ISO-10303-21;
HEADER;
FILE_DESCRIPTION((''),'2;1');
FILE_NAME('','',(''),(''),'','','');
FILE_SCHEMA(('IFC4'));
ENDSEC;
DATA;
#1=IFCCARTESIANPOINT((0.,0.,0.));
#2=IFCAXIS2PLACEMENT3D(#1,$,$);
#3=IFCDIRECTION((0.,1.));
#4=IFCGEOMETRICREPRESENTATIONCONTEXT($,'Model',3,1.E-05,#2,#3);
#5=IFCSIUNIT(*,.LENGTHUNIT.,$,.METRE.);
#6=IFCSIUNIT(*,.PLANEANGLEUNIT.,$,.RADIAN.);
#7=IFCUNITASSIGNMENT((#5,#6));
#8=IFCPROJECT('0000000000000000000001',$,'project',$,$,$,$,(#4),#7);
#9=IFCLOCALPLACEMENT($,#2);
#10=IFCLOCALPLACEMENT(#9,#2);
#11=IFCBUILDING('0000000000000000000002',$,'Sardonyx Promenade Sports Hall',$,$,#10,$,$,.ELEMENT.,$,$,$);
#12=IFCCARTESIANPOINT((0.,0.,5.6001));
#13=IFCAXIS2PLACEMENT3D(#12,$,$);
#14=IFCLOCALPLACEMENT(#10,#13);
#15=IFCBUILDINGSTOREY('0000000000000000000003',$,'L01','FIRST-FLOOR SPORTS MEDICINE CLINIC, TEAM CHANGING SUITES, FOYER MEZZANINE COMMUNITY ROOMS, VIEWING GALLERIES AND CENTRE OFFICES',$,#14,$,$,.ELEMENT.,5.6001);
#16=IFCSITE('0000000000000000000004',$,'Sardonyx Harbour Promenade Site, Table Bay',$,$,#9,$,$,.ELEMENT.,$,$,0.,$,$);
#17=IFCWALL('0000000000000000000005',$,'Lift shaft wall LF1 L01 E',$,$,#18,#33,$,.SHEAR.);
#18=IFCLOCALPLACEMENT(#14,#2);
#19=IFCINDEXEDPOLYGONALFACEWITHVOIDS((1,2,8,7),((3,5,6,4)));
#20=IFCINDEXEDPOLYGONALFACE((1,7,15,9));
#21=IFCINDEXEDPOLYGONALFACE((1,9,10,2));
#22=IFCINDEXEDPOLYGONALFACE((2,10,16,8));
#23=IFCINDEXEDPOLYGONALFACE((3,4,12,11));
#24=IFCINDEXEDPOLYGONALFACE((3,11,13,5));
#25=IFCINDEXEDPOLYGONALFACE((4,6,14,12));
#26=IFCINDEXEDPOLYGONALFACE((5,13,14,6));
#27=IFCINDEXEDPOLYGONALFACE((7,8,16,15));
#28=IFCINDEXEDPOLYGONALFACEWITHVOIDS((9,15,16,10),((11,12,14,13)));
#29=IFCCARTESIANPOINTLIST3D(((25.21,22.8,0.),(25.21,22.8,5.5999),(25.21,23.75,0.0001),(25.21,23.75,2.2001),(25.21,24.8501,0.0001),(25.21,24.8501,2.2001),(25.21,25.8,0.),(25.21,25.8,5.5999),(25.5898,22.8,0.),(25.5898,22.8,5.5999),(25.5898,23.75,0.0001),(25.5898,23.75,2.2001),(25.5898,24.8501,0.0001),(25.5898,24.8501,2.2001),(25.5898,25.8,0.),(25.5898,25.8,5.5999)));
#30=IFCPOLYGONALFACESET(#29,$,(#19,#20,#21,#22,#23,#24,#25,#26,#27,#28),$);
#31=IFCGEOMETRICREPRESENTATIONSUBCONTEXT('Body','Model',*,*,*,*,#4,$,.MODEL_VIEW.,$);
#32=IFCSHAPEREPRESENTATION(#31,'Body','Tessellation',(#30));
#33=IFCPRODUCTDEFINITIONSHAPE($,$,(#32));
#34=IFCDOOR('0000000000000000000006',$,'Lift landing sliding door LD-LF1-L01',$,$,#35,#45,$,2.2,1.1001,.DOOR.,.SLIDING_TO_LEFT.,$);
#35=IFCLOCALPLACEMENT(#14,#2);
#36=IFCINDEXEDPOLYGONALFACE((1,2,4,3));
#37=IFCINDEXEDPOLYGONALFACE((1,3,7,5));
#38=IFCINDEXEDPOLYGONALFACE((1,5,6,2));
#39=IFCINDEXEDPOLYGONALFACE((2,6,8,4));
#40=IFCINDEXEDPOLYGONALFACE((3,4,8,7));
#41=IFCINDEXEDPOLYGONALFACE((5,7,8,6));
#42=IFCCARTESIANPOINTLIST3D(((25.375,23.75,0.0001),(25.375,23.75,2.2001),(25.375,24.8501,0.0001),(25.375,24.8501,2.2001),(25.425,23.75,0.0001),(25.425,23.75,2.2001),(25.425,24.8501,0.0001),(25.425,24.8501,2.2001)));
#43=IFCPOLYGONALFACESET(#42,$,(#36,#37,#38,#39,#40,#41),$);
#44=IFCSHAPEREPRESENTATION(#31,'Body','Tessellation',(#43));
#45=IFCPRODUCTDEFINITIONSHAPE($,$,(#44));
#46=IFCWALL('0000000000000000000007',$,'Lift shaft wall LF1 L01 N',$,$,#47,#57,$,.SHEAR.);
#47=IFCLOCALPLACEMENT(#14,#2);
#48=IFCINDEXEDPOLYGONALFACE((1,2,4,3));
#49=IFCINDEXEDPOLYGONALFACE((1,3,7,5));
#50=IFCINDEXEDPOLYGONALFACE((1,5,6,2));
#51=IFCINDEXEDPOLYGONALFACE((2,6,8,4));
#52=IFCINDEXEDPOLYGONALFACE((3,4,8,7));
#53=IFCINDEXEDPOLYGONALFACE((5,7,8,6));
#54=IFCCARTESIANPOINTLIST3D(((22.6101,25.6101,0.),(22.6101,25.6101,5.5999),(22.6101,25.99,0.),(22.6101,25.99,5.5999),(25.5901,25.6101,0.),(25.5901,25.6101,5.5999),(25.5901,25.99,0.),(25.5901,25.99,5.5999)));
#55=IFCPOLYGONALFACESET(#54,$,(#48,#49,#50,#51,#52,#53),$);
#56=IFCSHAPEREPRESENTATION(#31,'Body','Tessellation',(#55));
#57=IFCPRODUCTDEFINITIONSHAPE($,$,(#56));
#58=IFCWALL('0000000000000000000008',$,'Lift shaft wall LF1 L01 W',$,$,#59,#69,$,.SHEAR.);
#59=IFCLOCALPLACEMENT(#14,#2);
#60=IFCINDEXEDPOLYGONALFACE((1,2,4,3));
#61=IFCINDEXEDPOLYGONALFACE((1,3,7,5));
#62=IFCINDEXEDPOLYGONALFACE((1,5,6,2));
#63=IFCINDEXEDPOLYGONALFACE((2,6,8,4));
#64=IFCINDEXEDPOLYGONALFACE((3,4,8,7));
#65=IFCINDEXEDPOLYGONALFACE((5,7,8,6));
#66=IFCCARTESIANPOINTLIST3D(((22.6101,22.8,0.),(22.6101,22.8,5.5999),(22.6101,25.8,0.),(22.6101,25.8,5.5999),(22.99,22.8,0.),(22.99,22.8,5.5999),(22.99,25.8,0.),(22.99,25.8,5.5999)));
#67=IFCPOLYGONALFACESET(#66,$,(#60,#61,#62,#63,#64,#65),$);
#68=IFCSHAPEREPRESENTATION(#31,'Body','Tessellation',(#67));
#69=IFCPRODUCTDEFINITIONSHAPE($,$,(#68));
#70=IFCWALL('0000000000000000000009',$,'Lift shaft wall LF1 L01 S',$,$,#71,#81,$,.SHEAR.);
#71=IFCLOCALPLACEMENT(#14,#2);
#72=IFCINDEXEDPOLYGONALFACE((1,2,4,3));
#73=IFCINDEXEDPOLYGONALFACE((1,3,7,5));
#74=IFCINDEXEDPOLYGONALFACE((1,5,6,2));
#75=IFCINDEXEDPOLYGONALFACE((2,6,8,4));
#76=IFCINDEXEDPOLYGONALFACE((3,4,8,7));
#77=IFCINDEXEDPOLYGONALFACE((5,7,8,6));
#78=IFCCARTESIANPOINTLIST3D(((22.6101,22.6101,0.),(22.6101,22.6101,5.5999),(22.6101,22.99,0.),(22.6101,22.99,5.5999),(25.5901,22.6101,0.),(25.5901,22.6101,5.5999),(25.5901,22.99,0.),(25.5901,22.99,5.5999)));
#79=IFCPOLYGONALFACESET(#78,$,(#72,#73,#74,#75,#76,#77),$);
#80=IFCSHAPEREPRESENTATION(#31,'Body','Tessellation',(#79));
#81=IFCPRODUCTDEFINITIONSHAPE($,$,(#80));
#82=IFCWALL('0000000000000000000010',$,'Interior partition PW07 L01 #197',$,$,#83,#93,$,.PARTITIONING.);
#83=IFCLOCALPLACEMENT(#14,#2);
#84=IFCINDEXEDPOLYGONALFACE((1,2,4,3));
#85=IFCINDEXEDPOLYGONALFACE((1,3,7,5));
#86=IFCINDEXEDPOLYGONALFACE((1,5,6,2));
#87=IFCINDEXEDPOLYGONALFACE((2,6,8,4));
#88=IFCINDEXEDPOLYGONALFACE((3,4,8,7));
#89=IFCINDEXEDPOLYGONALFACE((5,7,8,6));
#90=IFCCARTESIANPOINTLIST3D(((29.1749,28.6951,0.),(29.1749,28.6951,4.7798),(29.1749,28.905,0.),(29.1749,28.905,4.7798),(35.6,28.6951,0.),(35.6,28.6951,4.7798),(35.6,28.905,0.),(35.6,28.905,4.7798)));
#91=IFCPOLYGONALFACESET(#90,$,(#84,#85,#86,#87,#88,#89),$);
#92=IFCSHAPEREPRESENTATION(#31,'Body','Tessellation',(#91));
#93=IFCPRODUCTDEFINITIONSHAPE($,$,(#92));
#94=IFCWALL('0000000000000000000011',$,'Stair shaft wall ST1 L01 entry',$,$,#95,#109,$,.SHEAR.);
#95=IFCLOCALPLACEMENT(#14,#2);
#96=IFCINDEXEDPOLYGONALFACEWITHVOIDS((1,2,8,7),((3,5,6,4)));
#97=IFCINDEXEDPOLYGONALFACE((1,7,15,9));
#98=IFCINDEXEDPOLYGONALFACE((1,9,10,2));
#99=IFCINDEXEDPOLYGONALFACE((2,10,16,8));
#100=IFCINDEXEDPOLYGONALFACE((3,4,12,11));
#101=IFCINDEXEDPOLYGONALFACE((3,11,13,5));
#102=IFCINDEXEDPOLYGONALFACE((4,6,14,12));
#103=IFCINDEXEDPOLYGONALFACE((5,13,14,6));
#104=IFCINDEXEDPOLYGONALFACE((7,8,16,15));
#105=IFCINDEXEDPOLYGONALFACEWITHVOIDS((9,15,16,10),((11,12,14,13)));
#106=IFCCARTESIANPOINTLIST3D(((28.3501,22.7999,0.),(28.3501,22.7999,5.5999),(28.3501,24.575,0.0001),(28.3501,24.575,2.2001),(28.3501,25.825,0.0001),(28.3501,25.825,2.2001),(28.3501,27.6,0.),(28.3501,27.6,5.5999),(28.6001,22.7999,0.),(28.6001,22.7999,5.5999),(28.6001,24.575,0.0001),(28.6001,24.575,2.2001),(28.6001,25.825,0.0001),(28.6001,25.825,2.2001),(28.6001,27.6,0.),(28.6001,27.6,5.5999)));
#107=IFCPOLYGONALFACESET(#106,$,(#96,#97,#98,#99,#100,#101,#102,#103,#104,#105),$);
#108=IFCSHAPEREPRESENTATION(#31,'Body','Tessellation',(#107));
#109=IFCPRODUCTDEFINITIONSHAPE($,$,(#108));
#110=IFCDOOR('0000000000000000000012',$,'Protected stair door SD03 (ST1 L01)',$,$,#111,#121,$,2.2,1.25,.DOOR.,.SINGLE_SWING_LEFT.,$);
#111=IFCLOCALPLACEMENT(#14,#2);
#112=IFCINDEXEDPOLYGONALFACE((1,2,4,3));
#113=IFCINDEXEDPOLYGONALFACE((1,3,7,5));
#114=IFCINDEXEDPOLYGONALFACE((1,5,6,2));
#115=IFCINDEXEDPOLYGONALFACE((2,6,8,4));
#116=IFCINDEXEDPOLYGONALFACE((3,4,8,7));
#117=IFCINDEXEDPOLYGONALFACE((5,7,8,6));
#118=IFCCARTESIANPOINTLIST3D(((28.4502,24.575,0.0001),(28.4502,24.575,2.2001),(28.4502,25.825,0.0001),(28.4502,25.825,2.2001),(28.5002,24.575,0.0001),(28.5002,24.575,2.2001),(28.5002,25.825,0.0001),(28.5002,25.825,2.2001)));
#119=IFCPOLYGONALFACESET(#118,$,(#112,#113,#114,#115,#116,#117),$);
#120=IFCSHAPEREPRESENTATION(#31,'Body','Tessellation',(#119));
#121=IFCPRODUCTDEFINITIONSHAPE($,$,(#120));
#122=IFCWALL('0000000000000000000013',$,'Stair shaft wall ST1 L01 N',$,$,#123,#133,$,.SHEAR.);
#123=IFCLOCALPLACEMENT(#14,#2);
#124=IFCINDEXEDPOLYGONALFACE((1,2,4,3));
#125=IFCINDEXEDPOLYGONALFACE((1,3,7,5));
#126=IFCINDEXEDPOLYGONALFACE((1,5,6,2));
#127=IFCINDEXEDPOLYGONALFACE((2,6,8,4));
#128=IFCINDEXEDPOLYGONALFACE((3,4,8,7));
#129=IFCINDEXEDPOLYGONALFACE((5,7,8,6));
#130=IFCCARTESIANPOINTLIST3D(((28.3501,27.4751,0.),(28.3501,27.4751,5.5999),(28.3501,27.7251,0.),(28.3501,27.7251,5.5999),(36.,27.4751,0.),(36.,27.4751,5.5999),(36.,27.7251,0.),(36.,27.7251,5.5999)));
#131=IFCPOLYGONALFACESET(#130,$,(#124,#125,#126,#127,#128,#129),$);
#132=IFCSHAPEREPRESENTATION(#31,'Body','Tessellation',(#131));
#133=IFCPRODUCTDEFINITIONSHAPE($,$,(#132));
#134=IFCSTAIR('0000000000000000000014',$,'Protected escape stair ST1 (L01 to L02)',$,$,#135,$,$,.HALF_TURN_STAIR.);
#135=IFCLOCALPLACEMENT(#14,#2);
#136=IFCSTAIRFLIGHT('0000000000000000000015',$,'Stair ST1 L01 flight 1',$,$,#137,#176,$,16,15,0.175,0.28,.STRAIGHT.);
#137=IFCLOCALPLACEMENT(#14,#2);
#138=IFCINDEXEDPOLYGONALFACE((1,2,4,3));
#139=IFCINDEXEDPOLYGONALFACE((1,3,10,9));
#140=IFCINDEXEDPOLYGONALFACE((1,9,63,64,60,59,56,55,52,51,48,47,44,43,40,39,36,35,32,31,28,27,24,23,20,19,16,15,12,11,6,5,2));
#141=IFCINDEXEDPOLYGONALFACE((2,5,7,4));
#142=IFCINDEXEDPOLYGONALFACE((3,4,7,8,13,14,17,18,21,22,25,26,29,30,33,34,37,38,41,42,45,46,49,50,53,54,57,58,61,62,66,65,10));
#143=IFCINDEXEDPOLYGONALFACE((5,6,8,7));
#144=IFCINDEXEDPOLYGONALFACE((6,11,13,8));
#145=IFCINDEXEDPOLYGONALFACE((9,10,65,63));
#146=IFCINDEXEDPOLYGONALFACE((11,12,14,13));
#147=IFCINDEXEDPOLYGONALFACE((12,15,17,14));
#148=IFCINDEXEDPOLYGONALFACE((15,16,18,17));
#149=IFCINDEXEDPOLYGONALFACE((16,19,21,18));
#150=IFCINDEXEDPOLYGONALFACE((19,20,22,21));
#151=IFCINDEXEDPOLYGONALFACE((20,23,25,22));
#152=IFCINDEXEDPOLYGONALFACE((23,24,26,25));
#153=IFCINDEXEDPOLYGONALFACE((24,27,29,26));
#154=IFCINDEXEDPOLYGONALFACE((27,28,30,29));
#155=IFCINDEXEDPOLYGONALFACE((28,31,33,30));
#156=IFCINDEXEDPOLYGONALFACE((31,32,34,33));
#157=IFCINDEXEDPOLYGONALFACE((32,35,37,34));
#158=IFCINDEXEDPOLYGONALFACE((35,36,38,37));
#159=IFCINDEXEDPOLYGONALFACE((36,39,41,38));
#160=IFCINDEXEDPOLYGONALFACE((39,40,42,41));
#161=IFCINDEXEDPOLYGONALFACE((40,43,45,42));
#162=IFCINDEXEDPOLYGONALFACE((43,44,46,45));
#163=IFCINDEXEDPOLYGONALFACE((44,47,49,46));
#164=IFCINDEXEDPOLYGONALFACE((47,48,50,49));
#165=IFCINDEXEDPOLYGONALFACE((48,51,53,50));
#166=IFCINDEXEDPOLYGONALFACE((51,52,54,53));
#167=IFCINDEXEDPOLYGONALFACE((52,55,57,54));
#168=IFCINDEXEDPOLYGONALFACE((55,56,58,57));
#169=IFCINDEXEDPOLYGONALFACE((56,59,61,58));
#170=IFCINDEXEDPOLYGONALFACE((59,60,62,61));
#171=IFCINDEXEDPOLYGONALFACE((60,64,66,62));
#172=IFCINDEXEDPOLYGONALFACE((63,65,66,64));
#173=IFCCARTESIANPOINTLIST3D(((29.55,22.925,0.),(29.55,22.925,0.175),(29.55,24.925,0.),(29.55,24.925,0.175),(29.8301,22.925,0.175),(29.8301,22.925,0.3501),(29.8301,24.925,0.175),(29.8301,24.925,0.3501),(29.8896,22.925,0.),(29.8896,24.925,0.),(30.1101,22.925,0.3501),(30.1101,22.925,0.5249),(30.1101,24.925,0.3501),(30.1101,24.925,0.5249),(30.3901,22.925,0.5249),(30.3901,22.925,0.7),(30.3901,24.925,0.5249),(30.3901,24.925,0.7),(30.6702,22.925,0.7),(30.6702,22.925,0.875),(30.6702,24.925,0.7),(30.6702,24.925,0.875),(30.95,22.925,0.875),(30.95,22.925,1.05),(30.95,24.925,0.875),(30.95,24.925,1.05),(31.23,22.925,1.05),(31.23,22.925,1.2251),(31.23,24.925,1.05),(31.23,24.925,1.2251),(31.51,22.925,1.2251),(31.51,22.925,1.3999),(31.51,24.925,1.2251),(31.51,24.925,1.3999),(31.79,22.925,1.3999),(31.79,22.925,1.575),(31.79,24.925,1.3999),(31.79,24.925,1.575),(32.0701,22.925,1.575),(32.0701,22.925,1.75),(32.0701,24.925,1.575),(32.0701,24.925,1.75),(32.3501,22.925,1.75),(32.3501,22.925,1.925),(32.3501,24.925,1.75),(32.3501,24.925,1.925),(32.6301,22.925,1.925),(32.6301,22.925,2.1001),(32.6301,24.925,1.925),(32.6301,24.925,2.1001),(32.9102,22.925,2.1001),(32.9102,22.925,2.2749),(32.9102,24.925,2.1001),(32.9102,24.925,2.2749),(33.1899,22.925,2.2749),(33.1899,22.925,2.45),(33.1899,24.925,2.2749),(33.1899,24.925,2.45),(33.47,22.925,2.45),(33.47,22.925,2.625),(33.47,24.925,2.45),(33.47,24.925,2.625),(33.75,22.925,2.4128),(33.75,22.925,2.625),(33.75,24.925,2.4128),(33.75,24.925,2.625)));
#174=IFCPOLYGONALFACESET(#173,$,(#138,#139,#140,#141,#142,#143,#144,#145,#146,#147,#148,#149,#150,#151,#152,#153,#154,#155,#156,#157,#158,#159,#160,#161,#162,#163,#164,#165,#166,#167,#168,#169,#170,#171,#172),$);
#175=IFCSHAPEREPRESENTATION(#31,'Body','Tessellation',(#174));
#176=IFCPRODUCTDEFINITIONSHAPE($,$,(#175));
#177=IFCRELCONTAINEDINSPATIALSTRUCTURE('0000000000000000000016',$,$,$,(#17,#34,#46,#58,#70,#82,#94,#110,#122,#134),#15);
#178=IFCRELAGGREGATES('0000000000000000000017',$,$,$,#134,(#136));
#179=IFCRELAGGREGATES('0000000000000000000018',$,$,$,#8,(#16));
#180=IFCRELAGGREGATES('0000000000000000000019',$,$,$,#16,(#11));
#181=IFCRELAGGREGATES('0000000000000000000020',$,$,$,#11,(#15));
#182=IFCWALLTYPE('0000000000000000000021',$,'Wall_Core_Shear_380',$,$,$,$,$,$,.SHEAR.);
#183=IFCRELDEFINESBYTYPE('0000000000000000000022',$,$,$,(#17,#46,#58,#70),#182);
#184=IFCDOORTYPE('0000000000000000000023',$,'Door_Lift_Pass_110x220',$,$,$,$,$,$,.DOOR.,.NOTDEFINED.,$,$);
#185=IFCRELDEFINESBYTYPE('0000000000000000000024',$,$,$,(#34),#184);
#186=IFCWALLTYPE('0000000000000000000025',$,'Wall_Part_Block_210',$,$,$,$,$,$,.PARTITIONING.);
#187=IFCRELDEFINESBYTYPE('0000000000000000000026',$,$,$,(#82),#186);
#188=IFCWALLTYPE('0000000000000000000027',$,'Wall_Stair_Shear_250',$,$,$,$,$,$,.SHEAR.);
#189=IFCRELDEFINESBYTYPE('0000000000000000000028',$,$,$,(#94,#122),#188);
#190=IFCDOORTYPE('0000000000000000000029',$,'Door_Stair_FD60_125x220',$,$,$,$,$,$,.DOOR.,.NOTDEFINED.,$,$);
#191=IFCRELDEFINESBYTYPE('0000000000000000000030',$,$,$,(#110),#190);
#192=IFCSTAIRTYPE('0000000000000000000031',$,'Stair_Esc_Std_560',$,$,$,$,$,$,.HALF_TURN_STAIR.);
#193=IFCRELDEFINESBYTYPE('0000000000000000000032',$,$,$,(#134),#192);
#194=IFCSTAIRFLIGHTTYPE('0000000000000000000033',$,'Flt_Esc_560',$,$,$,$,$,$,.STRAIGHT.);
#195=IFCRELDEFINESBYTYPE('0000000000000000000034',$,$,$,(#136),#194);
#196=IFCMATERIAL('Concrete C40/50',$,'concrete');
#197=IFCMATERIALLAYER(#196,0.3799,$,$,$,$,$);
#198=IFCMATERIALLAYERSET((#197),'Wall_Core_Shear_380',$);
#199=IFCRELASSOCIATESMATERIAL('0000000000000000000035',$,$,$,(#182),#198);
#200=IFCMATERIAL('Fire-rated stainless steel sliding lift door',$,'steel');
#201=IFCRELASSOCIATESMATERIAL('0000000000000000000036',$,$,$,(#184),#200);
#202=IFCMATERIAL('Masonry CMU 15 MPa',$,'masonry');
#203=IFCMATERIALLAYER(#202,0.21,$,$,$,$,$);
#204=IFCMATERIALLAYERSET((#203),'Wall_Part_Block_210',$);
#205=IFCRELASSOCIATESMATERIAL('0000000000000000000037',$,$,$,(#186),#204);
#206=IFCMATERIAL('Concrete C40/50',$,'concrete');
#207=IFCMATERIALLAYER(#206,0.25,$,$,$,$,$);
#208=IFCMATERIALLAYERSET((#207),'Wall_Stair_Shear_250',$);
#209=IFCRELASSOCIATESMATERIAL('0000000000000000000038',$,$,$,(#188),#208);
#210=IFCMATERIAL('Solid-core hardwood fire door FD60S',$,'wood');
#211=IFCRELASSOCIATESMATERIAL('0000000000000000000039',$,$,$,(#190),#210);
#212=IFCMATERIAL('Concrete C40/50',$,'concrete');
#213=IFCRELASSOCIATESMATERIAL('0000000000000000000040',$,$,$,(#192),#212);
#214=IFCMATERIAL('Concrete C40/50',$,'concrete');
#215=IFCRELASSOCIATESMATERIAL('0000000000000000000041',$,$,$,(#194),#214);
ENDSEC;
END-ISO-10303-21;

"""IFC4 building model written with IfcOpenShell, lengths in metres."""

from ifc_helpers import new_model, si_unit, direction, frame, frame_2d, origin, place, context, subcontext, project, spatial, polyline, rectangle, outline, extrude, material, layer, layer_set, type_object, element, fill, aggregate, save


model = new_model("IFC4")

# Units and contexts
model_context = context("Model", 3, precision=1e-05, world=origin(), true_north=direction((0.0, 1.0)))
body_context = subcontext(model_context, "Body", "Model", "MODEL_VIEW")
ifc_project = project(units=[si_unit("LENGTHUNIT", "METRE"), si_unit("PLANEANGLEUNIT", "RADIAN")], contexts=[model_context])

# Site, building, storey
site_placement = place(None, origin())
site = spatial("IfcSite", under=ifc_project, at=site_placement, Name="Sardonyx Harbour Promenade Site, Table Bay", CompositionType="ELEMENT", RefElevation=0.0)
building_placement = place(site_placement, origin())
building = spatial("IfcBuilding", under=site, at=building_placement, Name="Sardonyx Promenade Sports Hall", CompositionType="ELEMENT")
storey_placement = place(building_placement, frame((0.0, 0.0, 5.6001)))
storey = spatial("IfcBuildingStorey", under=building, at=storey_placement, Name="L01", Description="FIRST-FLOOR SPORTS MEDICINE CLINIC, TEAM CHANGING SUITES, FOYER MEZZANINE COMMUNITY ROOMS, VIEWING GALLERIES AND CENTRE OFFICES", CompositionType="ELEMENT", Elevation=5.6001)

# Wall, opening, door
ifc_material_1 = material(Name="Concrete C40/50", Category="concrete")
ifc_layer_1 = layer(ifc_material_1, 0.3799)
ifc_layer_set_1 = layer_set([ifc_layer_1], Name="Wall_Core_Shear_380")
wall_type_1 = type_object("IfcWallType", Name="Wall_Core_Shear_380", PredefinedType="SHEAR", material=ifc_layer_set_1)
wall_1_placement = place(storey_placement, frame((25.3999, 22.8, 0.0), z_axis=(0.0, 0.0, 1.0), x_axis=(0.0, 1.0, 0.0)))
wall_1 = element("IfcWall", 1, at=wall_1_placement, inside=storey, type_object=wall_type_1, Name="Lift shaft wall LF1 L01 E", PredefinedType="SHEAR", context=body_context, shape_type="SweptSolid", body=[
    extrude(rectangle(XDim=3.0, YDim=0.3799, at=frame_2d((1.5, 0.0))), origin(), (0.0, 0.0, 1.0), 5.5999),
])
opening_1_placement = place(wall_1_placement, frame((0.95, 0.0, 0.0)))
opening_1 = element("IfcOpeningElement", 2, at=opening_1_placement, cuts=wall_1, PredefinedType="OPENING", context=body_context, shape_type="SweptSolid", body=[
    extrude(rectangle(XDim=1.1001, YDim=2.2, at=frame_2d((0.55, 1.1001))), frame((0.0, 0.2, 0.0), z_axis=(0.0, -1.0, 0.0), x_axis=(1.0, 0.0, 0.0)), (0.0, 0.0, 1.0), 0.4),
])
ifc_material_2 = material(Name="Fire-rated stainless steel sliding lift door", Category="steel")
door_type_1 = type_object("IfcDoorType", Name="Door_Lift_Pass_110x220", OperationType="NOTDEFINED", PredefinedType="DOOR", material=ifc_material_2)
door_1_placement = place(opening_1_placement, origin())
door_1 = element("IfcDoor", 3, at=door_1_placement, inside=storey, type_object=door_type_1, Name="Lift landing sliding door LD-LF1-L01", OperationType="SLIDING_TO_LEFT", OverallHeight=2.2, OverallWidth=1.1001, PredefinedType="DOOR", context=body_context, shape_type="SweptSolid", body=[
    extrude(rectangle(XDim=1.1001, YDim=2.2, at=frame_2d((0.55, 1.1001))), frame((0.0, 0.0249, 0.0), z_axis=(0.0, -1.0, 0.0), x_axis=(1.0, 0.0, 0.0)), (0.0, 0.0, 1.0), 0.05),
])
fill(opening_1, door_1)

# Walls
wall_2_placement = place(storey_placement, frame((22.6101, 25.8, 0.0), z_axis=(0.0, 0.0, 1.0), x_axis=(1.0, 0.0, 0.0)))
element("IfcWall", 4, at=wall_2_placement, inside=storey, type_object=wall_type_1, Name="Lift shaft wall LF1 L01 N", PredefinedType="SHEAR", context=body_context, shape_type="SweptSolid", body=[
    extrude(rectangle(XDim=2.98, YDim=0.3799, at=frame_2d((1.49, 0.0))), origin(), (0.0, 0.0, 1.0), 5.5999),
])
wall_3_placement = place(storey_placement, frame((22.8, 25.8, 0.0), z_axis=(0.0, 0.0, 1.0), x_axis=(0.0, -1.0, 0.0)))
element("IfcWall", 5, at=wall_3_placement, inside=storey, type_object=wall_type_1, Name="Lift shaft wall LF1 L01 W", PredefinedType="SHEAR", context=body_context, shape_type="SweptSolid", body=[
    extrude(rectangle(XDim=3.0, YDim=0.3799, at=frame_2d((1.5, 0.0))), origin(), (0.0, 0.0, 1.0), 5.5999),
])
wall_4_placement = place(storey_placement, frame((25.5901, 22.8, 0.0), z_axis=(0.0, 0.0, 1.0), x_axis=(-1.0, 0.0, 0.0)))
element("IfcWall", 6, at=wall_4_placement, inside=storey, type_object=wall_type_1, Name="Lift shaft wall LF1 L01 S", PredefinedType="SHEAR", context=body_context, shape_type="SweptSolid", body=[
    extrude(rectangle(XDim=2.98, YDim=0.3799, at=frame_2d((1.49, 0.0))), origin(), (0.0, 0.0, 1.0), 5.5999),
])
ifc_material_3 = material(Name="Masonry CMU 15 MPa", Category="masonry")
ifc_layer_2 = layer(ifc_material_3, 0.21)
ifc_layer_set_2 = layer_set([ifc_layer_2], Name="Wall_Part_Block_210")
wall_type_2 = type_object("IfcWallType", Name="Wall_Part_Block_210", PredefinedType="PARTITIONING", material=ifc_layer_set_2)
wall_5_placement = place(storey_placement, frame((29.175, 28.8, 0.0), z_axis=(0.0, 0.0, 1.0), x_axis=(1.0, 0.0, 0.0)))
element("IfcWall", 7, at=wall_5_placement, inside=storey, type_object=wall_type_2, Name="Interior partition PW07 L01 #197", PredefinedType="PARTITIONING", context=body_context, shape_type="SweptSolid", body=[
    extrude(rectangle(XDim=6.425, YDim=0.21, at=frame_2d((3.2124, 0.0))), origin(), (0.0, 0.0, 1.0), 4.7798),
])

# Wall, opening, door
ifc_material_4 = material(Name="Concrete C40/50", Category="concrete")
ifc_layer_3 = layer(ifc_material_4, 0.25)
ifc_layer_set_3 = layer_set([ifc_layer_3], Name="Wall_Stair_Shear_250")
wall_type_3 = type_object("IfcWallType", Name="Wall_Stair_Shear_250", PredefinedType="SHEAR", material=ifc_layer_set_3)
wall_6_placement = place(storey_placement, frame((28.4751, 22.8, 0.0), z_axis=(0.0, 0.0, 1.0), x_axis=(0.0, 1.0, 0.0)))
wall_6 = element("IfcWall", 8, at=wall_6_placement, inside=storey, type_object=wall_type_3, Name="Stair shaft wall ST1 L01 entry", PredefinedType="SHEAR", context=body_context, shape_type="SweptSolid", body=[
    extrude(rectangle(XDim=4.8, YDim=0.25, at=frame_2d((2.3999, 0.0))), origin(), (0.0, 0.0, 1.0), 5.5999),
])
opening_2_placement = place(wall_6_placement, frame((1.7749, 0.0, 0.0)))
opening_2 = element("IfcOpeningElement", 9, at=opening_2_placement, cuts=wall_6, PredefinedType="OPENING", context=body_context, shape_type="SweptSolid", body=[
    extrude(rectangle(XDim=1.25, YDim=2.2, at=frame_2d((0.625, 1.1001))), frame((0.0, 0.135, 0.0), z_axis=(0.0, -1.0, 0.0), x_axis=(1.0, 0.0, 0.0)), (0.0, 0.0, 1.0), 0.27),
])
ifc_material_5 = material(Name="Solid-core hardwood fire door FD60S", Category="wood")
door_type_2 = type_object("IfcDoorType", Name="Door_Stair_FD60_125x220", OperationType="NOTDEFINED", PredefinedType="DOOR", material=ifc_material_5)
door_2_placement = place(opening_2_placement, origin())
door_2 = element("IfcDoor", 10, at=door_2_placement, inside=storey, type_object=door_type_2, Name="Protected stair door SD03 (ST1 L01)", OperationType="SINGLE_SWING_LEFT", OverallHeight=2.2, OverallWidth=1.25, PredefinedType="DOOR", context=body_context, shape_type="SweptSolid", body=[
    extrude(rectangle(XDim=1.25, YDim=2.2, at=frame_2d((0.625, 1.1001))), frame((0.0, 0.0249, 0.0), z_axis=(0.0, -1.0, 0.0), x_axis=(1.0, 0.0, 0.0)), (0.0, 0.0, 1.0), 0.05),
])
fill(opening_2, door_2)

# Wall
wall_7_placement = place(storey_placement, frame((28.3501, 27.6001, 0.0), z_axis=(0.0, 0.0, 1.0), x_axis=(1.0, 0.0, 0.0)))
element("IfcWall", 11, at=wall_7_placement, inside=storey, type_object=wall_type_3, Name="Stair shaft wall ST1 L01 N", PredefinedType="SHEAR", context=body_context, shape_type="SweptSolid", body=[
    extrude(rectangle(XDim=7.6499, YDim=0.25, at=frame_2d((3.825, 0.0))), origin(), (0.0, 0.0, 1.0), 5.5999),
])

# Stair, stair flight
ifc_material_6 = material(Name="Concrete C40/50", Category="concrete")
stair_type = type_object("IfcStairType", Name="Stair_Esc_Std_560", PredefinedType="HALF_TURN_STAIR", material=ifc_material_6)
stair_placement = place(storey_placement, origin())
stair = element("IfcStair", 12, at=stair_placement, inside=storey, type_object=stair_type, Name="Protected escape stair ST1 (L01 to L02)", PredefinedType="HALF_TURN_STAIR")
ifc_material_7 = material(Name="Concrete C40/50", Category="concrete")
stair_flight_type = type_object("IfcStairFlightType", Name="Flt_Esc_560", PredefinedType="STRAIGHT", material=ifc_material_7)
stair_flight_1_placement = place(storey_placement, frame((29.55, 23.925, 0.0), z_axis=(0.0, 0.0, 1.0), x_axis=(1.0, 0.0, 0.0)))
stair_flight_1 = element("IfcStairFlight", 13, at=stair_flight_1_placement, type_object=stair_flight_type, Name="Stair ST1 L01 flight 1", NumberOfRisers=16, NumberOfTreads=15, PredefinedType="STRAIGHT", RiserHeight=0.175, TreadLength=0.28, context=body_context, shape_type="SweptSolid", body=[
    extrude(outline(polyline([(0.0, 0.0), (0.0, 0.175), (0.28, 0.175), (0.28, 0.3501), (0.5601, 0.3501), (0.5601, 0.5249), (0.8401, 0.5249), (0.8401, 0.7), (1.1201, 0.7), (1.1201, 0.875), (1.3999, 0.875), (1.3999, 1.05), (1.6799, 1.05), (1.6799, 1.2251), (1.96, 1.2251), (1.96, 1.3999), (2.24, 1.3999), (2.24, 1.575), (2.52, 1.575), (2.52, 1.75), (2.8, 1.75), (2.8, 1.925), (3.0801, 1.925), (3.0801, 2.1001), (3.3601, 2.1001), (3.3601, 2.2749), (3.6399, 2.2749), (3.6399, 2.45), (3.9199, 2.45), (3.9199, 2.625), (4.2, 2.625), (4.2, 2.8), (4.2, 2.4128), (0.3396, 0.0), (0.0, 0.0)])), frame((0.0, 1.0, 0.0), z_axis=(0.0, -1.0, 0.0), x_axis=(1.0, 0.0, 0.0)), (0.0, 0.0, 1.0), 2.0),
])
aggregate(stair, [stair_flight_1])

save(model, "model.ifc")
